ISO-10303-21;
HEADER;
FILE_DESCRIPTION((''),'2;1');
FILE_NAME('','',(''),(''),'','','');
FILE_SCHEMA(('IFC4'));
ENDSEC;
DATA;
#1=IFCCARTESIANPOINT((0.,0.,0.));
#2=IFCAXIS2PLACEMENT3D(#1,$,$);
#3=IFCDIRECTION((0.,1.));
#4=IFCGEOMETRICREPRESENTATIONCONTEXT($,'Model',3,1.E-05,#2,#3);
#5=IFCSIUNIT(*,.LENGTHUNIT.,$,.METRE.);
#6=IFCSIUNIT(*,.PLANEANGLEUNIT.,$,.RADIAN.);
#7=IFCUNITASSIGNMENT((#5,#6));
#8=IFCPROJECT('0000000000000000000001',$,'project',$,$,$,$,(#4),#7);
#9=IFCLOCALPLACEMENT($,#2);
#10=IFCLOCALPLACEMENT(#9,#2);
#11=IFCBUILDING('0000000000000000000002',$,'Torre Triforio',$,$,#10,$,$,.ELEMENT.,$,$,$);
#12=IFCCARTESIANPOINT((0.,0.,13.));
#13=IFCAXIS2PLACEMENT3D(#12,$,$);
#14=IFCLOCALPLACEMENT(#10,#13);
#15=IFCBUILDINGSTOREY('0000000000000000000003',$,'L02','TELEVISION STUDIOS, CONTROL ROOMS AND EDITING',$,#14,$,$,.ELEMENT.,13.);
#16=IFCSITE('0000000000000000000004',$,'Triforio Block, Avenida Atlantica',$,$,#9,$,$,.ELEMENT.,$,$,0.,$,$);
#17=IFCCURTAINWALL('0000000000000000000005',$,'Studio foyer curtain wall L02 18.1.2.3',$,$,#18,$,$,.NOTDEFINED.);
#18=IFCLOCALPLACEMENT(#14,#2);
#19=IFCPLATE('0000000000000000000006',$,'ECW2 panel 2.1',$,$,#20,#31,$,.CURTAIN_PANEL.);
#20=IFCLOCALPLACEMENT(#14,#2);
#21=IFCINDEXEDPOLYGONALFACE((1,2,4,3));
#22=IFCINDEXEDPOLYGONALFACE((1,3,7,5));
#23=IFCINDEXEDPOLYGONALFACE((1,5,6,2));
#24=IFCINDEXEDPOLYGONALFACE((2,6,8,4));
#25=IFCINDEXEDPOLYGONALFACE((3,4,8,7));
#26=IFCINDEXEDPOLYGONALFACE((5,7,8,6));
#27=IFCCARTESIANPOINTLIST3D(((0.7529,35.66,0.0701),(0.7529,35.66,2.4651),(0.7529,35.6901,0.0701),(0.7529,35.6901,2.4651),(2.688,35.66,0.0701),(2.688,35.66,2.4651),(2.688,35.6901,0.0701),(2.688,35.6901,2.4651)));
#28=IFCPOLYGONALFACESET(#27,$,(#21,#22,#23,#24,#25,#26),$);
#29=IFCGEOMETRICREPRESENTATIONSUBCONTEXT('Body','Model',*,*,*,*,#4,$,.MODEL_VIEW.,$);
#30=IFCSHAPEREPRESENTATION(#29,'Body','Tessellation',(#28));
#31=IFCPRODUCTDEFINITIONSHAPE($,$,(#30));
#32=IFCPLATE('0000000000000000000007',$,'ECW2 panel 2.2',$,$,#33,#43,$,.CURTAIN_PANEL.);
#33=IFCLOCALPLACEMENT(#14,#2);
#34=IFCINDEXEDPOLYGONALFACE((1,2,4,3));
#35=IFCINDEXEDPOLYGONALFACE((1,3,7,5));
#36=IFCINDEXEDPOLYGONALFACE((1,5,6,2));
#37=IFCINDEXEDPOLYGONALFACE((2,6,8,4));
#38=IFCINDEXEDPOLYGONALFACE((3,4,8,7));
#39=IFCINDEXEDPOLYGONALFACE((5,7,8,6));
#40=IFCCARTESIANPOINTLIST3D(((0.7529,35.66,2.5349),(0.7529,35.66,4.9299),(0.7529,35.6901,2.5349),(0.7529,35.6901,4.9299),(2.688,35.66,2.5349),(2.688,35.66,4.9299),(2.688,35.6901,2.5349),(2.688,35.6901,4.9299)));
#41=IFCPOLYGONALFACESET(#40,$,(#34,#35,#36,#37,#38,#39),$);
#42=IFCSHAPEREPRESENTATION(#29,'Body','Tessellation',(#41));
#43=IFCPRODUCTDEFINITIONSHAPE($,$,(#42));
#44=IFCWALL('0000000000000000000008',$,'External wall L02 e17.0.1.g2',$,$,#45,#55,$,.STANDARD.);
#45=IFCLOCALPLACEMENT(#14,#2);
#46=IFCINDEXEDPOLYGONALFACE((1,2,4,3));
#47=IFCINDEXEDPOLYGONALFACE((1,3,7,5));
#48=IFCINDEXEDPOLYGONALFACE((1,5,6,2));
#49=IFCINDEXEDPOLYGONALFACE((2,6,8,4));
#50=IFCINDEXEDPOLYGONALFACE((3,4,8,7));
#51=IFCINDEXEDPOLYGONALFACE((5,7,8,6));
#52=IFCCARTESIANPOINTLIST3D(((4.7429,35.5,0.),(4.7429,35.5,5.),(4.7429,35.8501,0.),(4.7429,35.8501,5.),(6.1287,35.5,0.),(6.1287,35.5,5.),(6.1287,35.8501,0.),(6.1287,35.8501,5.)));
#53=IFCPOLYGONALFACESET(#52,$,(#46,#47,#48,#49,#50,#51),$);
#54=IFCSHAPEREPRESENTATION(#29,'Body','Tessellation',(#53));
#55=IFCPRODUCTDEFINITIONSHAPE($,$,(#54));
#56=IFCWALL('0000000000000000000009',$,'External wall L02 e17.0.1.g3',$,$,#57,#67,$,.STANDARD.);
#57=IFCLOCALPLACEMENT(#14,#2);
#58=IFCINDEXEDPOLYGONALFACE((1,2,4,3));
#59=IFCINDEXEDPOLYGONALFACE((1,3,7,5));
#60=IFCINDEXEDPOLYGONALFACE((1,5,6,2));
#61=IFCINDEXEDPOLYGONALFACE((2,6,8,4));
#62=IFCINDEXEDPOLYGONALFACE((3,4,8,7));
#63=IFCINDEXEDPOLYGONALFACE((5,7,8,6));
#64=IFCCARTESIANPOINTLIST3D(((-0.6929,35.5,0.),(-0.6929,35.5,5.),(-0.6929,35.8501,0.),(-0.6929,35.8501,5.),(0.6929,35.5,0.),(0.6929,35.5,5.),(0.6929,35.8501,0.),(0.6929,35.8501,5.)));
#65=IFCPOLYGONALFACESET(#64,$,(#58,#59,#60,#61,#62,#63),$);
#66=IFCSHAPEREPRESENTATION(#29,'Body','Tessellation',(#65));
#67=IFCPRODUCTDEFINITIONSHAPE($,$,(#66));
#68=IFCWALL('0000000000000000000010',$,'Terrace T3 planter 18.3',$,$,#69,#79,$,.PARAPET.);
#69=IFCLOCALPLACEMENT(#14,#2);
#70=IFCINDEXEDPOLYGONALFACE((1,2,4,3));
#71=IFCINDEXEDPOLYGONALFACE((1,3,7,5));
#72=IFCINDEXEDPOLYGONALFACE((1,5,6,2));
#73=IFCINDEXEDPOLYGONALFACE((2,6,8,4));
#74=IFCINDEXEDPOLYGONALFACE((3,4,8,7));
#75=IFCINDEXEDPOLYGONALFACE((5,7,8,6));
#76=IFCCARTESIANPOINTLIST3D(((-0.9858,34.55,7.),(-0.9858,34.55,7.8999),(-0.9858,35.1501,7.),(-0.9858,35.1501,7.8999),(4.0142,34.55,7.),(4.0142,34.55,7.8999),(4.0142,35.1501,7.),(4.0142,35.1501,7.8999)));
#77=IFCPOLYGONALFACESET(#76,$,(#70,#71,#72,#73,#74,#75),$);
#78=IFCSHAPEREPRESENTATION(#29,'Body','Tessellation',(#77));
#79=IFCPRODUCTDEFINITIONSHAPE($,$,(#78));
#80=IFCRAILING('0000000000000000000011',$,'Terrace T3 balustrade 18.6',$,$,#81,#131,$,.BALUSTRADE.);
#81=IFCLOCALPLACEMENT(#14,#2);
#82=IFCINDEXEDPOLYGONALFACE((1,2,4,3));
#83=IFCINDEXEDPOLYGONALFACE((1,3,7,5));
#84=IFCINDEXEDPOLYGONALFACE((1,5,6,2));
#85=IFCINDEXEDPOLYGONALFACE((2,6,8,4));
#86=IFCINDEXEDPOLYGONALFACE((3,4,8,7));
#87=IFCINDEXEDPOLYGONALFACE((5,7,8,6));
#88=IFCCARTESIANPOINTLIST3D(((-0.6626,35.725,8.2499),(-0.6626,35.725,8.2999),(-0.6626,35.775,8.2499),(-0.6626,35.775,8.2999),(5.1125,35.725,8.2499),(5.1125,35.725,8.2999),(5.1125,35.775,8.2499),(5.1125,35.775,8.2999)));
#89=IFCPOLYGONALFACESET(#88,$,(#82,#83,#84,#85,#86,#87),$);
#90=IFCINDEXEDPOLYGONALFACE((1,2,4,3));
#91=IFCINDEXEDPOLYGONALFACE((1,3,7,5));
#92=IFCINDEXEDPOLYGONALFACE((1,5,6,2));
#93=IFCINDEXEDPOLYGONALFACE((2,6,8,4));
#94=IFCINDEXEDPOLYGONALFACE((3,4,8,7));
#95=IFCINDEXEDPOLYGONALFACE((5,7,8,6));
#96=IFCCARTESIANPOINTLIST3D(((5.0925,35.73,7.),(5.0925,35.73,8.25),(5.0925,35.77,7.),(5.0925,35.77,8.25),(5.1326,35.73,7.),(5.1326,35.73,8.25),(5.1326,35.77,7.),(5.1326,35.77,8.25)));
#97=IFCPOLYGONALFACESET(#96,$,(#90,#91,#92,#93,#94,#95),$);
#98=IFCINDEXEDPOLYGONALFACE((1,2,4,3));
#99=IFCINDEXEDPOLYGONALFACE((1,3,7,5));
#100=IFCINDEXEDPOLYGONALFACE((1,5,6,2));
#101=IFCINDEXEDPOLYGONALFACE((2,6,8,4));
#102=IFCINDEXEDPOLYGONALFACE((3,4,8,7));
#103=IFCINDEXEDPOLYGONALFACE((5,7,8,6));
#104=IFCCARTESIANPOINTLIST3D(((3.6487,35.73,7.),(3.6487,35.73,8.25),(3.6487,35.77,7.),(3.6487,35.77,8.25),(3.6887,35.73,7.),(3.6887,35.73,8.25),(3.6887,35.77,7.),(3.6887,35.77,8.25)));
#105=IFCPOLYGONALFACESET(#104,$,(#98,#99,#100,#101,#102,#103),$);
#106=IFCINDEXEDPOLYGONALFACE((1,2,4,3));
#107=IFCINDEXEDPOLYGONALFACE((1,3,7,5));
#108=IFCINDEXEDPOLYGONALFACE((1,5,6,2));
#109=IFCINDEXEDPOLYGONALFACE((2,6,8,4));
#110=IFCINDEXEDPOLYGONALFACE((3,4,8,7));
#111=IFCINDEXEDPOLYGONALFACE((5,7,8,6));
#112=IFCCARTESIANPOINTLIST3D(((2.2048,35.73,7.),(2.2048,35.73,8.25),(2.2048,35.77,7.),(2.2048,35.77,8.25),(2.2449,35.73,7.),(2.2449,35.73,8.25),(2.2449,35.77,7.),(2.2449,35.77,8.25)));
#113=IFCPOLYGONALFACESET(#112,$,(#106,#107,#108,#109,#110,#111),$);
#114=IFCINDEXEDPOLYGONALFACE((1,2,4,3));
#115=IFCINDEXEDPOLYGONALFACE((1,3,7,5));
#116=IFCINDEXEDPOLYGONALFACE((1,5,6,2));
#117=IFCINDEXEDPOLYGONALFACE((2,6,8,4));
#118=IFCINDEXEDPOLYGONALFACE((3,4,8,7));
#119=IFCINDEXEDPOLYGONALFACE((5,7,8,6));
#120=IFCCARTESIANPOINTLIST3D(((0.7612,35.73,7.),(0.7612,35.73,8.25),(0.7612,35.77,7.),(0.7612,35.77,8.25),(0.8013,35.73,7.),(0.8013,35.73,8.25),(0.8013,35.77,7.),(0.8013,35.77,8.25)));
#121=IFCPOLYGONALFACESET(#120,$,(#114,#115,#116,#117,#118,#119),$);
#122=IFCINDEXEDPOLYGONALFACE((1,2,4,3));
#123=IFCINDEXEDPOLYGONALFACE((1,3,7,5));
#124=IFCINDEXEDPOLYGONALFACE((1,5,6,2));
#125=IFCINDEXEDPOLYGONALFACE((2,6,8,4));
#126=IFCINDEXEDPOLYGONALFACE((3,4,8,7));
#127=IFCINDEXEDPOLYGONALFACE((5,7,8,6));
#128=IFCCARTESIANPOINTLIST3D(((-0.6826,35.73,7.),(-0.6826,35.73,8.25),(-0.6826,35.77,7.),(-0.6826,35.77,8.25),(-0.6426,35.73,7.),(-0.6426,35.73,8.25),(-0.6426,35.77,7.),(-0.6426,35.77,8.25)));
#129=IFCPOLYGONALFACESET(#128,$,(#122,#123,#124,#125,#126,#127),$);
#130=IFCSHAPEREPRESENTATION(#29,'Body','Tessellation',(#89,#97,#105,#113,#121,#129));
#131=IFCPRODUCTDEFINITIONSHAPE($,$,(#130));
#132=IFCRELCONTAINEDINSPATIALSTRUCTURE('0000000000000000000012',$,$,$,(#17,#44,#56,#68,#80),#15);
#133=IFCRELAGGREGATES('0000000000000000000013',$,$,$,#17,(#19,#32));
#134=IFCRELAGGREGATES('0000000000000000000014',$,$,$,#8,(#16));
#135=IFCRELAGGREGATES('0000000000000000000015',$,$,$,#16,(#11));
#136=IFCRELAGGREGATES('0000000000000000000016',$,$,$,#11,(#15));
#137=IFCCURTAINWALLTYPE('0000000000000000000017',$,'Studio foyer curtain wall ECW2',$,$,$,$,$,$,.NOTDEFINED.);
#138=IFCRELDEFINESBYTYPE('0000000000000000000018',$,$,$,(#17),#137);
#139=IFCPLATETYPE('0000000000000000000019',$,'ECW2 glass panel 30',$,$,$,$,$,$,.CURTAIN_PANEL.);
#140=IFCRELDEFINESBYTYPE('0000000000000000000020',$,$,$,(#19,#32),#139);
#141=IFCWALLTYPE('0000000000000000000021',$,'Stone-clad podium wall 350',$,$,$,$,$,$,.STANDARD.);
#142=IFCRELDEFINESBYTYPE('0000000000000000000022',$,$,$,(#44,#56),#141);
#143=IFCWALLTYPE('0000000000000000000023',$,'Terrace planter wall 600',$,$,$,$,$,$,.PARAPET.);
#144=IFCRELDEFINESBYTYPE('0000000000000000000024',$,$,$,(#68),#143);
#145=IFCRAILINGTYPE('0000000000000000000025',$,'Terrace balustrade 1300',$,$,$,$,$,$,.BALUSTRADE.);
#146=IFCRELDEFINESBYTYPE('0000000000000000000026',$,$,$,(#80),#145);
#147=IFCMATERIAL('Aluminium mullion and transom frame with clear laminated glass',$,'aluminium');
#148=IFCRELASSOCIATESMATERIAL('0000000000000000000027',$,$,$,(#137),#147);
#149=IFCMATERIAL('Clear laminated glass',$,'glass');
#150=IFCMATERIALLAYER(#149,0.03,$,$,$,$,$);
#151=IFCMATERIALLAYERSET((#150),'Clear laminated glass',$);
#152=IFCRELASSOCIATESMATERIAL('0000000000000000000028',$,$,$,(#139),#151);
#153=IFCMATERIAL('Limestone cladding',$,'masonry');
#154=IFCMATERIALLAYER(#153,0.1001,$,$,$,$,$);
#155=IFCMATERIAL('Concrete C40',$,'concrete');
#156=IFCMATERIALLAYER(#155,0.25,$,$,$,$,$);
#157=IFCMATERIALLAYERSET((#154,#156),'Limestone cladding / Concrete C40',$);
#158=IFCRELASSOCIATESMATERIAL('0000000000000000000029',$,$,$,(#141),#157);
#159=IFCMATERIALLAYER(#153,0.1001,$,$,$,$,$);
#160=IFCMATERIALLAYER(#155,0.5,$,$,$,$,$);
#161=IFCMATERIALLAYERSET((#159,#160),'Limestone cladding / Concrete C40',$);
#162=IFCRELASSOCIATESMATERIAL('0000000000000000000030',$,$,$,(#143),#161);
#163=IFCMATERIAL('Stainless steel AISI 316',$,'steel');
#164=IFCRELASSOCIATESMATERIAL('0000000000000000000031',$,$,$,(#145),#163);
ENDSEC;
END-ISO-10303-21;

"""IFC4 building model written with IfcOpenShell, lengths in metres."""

from ifc_helpers import new_model, si_unit, direction, frame, frame_2d, origin, origin_2d, place, context, subcontext, project, spatial, rectangle, extrude, material, layer, layer_set, type_object, element, aggregate, save


model = new_model("IFC4")

# Units and contexts
model_context = context("Model", 3, precision=1e-05, world=origin(), true_north=direction((0.0, 1.0)))
body_context = subcontext(model_context, "Body", "Model", "MODEL_VIEW")
ifc_project = project(units=[si_unit("LENGTHUNIT", "METRE"), si_unit("PLANEANGLEUNIT", "RADIAN")], contexts=[model_context])

# Site, building, storey
site_placement = place(None, origin())
site = spatial("IfcSite", under=ifc_project, at=site_placement, Name="Triforio Block, Avenida Atlantica", CompositionType="ELEMENT", RefElevation=0.0)
building_placement = place(site_placement, origin())
building = spatial("IfcBuilding", under=site, at=building_placement, Name="Torre Triforio", CompositionType="ELEMENT")
storey_placement = place(building_placement, frame((0.0, 0.0, 13.0)))
storey = spatial("IfcBuildingStorey", under=building, at=storey_placement, Name="L02", Description="TELEVISION STUDIOS, CONTROL ROOMS AND EDITING", CompositionType="ELEMENT", Elevation=13.0)

# Shared definitions
ifc_material_1 = material(Name="Aluminium mullion and transom frame with clear laminated glass", Category="aluminium")
curtain_wall_type = type_object("IfcCurtainWallType", Name="Studio foyer curtain wall ECW2", PredefinedType="NOTDEFINED", material=ifc_material_1)

# Curtain wall
curtain_wall_1_placement = place(storey_placement, origin())
curtain_wall_1 = element("IfcCurtainWall", 1, at=curtain_wall_1_placement, inside=storey, type_object=curtain_wall_type, Name="Studio foyer curtain wall L02 18.1.2.3", PredefinedType="NOTDEFINED")

# Plates
ifc_material_2 = material(Name="Clear laminated glass", Category="glass")
ifc_layer_1 = layer(ifc_material_2, 0.03)
ifc_layer_set_1 = layer_set([ifc_layer_1], Name="Clear laminated glass")
plate_type = type_object("IfcPlateType", Name="ECW2 glass panel 30", PredefinedType="CURTAIN_PANEL", material=ifc_layer_set_1)
plate_1_placement = place(storey_placement, frame((1.7205, 35.675, 0.0701), z_axis=(0.0, 0.0, 1.0), x_axis=(-1.0, 0.0, 0.0)))
plate_1 = element("IfcPlate", 2, at=plate_1_placement, type_object=plate_type, Name="ECW2 panel 2.1", PredefinedType="CURTAIN_PANEL", context=body_context, shape_type="SweptSolid", body=[
    extrude(rectangle(XDim=1.9351, YDim=0.03, at=origin_2d()), origin(), (0.0, 0.0, 1.0), 2.395),
])
plate_2_placement = place(storey_placement, frame((1.7205, 35.675, 2.5349), z_axis=(0.0, 0.0, 1.0), x_axis=(-1.0, 0.0, 0.0)))
plate_2 = element("IfcPlate", 3, at=plate_2_placement, type_object=plate_type, Name="ECW2 panel 2.2", PredefinedType="CURTAIN_PANEL", context=body_context, shape_type="SweptSolid", body=[
    extrude(rectangle(XDim=1.9351, YDim=0.03, at=origin_2d()), origin(), (0.0, 0.0, 1.0), 2.395),
])
aggregate(curtain_wall_1, [plate_1, plate_2])

# Walls
ifc_material_3 = material(Name="Limestone cladding", Category="masonry")
ifc_layer_2 = layer(ifc_material_3, 0.1001)
ifc_material_4 = material(Name="Concrete C40", Category="concrete")
ifc_layer_3 = layer(ifc_material_4, 0.25)
ifc_layer_set_2 = layer_set([ifc_layer_2, ifc_layer_3], Name="Limestone cladding / Concrete C40")
wall_type_1 = type_object("IfcWallType", Name="Stone-clad podium wall 350", PredefinedType="STANDARD", material=ifc_layer_set_2)
for number, where, z_axis, x_axis, name in (
    (4, (6.1287, 35.675, 0.0), (0.0, 0.0, 1.0), (-1.0, 0.0, 0.0), "External wall L02 e17.0.1.g2"),
    (5, (0.6929, 35.675, 0.0), (0.0, 0.0, 1.0), (-1.0, 0.0, 0.0), "External wall L02 e17.0.1.g3"),
):
    element("IfcWall", number, at=place(storey_placement, frame(where, z_axis=z_axis, x_axis=x_axis)), inside=storey, type_object=wall_type_1, Name=name, PredefinedType="STANDARD", context=body_context, shape_type="SweptSolid", body=[
        extrude(rectangle(XDim=1.3857, YDim=0.3501, at=frame_2d((0.6929, 0.0))), origin(), (0.0, 0.0, 1.0), 5.0),
    ])
ifc_layer_4 = layer(ifc_material_3, 0.1001)
ifc_layer_5 = layer(ifc_material_4, 0.5)
ifc_layer_set_3 = layer_set([ifc_layer_4, ifc_layer_5], Name="Limestone cladding / Concrete C40")
wall_type_2 = type_object("IfcWallType", Name="Terrace planter wall 600", PredefinedType="PARAPET", material=ifc_layer_set_3)
wall_placement = place(storey_placement, frame((4.0142, 34.8501, 7.0), z_axis=(0.0, 0.0, 1.0), x_axis=(-1.0, 0.0, 0.0)))
element("IfcWall", 6, at=wall_placement, inside=storey, type_object=wall_type_2, Name="Terrace T3 planter 18.3", PredefinedType="PARAPET", context=body_context, shape_type="SweptSolid", body=[
    extrude(rectangle(XDim=5.0, YDim=0.6001, at=frame_2d((2.5, 0.0))), origin(), (0.0, 0.0, 1.0), 0.8999),
])

# Railing
ifc_material_5 = material(Name="Stainless steel AISI 316", Category="steel")
railing_type = type_object("IfcRailingType", Name="Terrace balustrade 1300", PredefinedType="BALUSTRADE", material=ifc_material_5)
railing_placement = place(storey_placement, frame((5.1125, 35.75, 7.0)))
element("IfcRailing", 7, at=railing_placement, inside=storey, type_object=railing_type, Name="Terrace T3 balustrade 18.6", PredefinedType="BALUSTRADE", context=body_context, shape_type="SweptSolid", body=[
    extrude(rectangle(XDim=0.05, YDim=0.05, at=origin_2d()), frame((0.0, 0.0, 1.2749), z_axis=(-1.0, 0.0, 0.0), x_axis=(0.0, -1.0, 0.0)), (0.0, 0.0, 1.0), 5.7751),
    extrude(rectangle(XDim=0.04, YDim=0.04, at=origin_2d()), origin(), (0.0, 0.0, 1.0), 1.25),
    extrude(rectangle(XDim=0.04, YDim=0.04, at=origin_2d()), frame((-1.4438, 0.0, 0.0)), (0.0, 0.0, 1.0), 1.25),
    extrude(rectangle(XDim=0.04, YDim=0.04, at=origin_2d()), frame((-2.8877, 0.0, 0.0)), (0.0, 0.0, 1.0), 1.25),
    extrude(rectangle(XDim=0.04, YDim=0.04, at=origin_2d()), frame((-4.3313, 0.0, 0.0)), (0.0, 0.0, 1.0), 1.25),
    extrude(rectangle(XDim=0.04, YDim=0.04, at=origin_2d()), frame((-5.7751, 0.0, 0.0)), (0.0, 0.0, 1.0), 1.25),
])

save(model, "model.ifc")
